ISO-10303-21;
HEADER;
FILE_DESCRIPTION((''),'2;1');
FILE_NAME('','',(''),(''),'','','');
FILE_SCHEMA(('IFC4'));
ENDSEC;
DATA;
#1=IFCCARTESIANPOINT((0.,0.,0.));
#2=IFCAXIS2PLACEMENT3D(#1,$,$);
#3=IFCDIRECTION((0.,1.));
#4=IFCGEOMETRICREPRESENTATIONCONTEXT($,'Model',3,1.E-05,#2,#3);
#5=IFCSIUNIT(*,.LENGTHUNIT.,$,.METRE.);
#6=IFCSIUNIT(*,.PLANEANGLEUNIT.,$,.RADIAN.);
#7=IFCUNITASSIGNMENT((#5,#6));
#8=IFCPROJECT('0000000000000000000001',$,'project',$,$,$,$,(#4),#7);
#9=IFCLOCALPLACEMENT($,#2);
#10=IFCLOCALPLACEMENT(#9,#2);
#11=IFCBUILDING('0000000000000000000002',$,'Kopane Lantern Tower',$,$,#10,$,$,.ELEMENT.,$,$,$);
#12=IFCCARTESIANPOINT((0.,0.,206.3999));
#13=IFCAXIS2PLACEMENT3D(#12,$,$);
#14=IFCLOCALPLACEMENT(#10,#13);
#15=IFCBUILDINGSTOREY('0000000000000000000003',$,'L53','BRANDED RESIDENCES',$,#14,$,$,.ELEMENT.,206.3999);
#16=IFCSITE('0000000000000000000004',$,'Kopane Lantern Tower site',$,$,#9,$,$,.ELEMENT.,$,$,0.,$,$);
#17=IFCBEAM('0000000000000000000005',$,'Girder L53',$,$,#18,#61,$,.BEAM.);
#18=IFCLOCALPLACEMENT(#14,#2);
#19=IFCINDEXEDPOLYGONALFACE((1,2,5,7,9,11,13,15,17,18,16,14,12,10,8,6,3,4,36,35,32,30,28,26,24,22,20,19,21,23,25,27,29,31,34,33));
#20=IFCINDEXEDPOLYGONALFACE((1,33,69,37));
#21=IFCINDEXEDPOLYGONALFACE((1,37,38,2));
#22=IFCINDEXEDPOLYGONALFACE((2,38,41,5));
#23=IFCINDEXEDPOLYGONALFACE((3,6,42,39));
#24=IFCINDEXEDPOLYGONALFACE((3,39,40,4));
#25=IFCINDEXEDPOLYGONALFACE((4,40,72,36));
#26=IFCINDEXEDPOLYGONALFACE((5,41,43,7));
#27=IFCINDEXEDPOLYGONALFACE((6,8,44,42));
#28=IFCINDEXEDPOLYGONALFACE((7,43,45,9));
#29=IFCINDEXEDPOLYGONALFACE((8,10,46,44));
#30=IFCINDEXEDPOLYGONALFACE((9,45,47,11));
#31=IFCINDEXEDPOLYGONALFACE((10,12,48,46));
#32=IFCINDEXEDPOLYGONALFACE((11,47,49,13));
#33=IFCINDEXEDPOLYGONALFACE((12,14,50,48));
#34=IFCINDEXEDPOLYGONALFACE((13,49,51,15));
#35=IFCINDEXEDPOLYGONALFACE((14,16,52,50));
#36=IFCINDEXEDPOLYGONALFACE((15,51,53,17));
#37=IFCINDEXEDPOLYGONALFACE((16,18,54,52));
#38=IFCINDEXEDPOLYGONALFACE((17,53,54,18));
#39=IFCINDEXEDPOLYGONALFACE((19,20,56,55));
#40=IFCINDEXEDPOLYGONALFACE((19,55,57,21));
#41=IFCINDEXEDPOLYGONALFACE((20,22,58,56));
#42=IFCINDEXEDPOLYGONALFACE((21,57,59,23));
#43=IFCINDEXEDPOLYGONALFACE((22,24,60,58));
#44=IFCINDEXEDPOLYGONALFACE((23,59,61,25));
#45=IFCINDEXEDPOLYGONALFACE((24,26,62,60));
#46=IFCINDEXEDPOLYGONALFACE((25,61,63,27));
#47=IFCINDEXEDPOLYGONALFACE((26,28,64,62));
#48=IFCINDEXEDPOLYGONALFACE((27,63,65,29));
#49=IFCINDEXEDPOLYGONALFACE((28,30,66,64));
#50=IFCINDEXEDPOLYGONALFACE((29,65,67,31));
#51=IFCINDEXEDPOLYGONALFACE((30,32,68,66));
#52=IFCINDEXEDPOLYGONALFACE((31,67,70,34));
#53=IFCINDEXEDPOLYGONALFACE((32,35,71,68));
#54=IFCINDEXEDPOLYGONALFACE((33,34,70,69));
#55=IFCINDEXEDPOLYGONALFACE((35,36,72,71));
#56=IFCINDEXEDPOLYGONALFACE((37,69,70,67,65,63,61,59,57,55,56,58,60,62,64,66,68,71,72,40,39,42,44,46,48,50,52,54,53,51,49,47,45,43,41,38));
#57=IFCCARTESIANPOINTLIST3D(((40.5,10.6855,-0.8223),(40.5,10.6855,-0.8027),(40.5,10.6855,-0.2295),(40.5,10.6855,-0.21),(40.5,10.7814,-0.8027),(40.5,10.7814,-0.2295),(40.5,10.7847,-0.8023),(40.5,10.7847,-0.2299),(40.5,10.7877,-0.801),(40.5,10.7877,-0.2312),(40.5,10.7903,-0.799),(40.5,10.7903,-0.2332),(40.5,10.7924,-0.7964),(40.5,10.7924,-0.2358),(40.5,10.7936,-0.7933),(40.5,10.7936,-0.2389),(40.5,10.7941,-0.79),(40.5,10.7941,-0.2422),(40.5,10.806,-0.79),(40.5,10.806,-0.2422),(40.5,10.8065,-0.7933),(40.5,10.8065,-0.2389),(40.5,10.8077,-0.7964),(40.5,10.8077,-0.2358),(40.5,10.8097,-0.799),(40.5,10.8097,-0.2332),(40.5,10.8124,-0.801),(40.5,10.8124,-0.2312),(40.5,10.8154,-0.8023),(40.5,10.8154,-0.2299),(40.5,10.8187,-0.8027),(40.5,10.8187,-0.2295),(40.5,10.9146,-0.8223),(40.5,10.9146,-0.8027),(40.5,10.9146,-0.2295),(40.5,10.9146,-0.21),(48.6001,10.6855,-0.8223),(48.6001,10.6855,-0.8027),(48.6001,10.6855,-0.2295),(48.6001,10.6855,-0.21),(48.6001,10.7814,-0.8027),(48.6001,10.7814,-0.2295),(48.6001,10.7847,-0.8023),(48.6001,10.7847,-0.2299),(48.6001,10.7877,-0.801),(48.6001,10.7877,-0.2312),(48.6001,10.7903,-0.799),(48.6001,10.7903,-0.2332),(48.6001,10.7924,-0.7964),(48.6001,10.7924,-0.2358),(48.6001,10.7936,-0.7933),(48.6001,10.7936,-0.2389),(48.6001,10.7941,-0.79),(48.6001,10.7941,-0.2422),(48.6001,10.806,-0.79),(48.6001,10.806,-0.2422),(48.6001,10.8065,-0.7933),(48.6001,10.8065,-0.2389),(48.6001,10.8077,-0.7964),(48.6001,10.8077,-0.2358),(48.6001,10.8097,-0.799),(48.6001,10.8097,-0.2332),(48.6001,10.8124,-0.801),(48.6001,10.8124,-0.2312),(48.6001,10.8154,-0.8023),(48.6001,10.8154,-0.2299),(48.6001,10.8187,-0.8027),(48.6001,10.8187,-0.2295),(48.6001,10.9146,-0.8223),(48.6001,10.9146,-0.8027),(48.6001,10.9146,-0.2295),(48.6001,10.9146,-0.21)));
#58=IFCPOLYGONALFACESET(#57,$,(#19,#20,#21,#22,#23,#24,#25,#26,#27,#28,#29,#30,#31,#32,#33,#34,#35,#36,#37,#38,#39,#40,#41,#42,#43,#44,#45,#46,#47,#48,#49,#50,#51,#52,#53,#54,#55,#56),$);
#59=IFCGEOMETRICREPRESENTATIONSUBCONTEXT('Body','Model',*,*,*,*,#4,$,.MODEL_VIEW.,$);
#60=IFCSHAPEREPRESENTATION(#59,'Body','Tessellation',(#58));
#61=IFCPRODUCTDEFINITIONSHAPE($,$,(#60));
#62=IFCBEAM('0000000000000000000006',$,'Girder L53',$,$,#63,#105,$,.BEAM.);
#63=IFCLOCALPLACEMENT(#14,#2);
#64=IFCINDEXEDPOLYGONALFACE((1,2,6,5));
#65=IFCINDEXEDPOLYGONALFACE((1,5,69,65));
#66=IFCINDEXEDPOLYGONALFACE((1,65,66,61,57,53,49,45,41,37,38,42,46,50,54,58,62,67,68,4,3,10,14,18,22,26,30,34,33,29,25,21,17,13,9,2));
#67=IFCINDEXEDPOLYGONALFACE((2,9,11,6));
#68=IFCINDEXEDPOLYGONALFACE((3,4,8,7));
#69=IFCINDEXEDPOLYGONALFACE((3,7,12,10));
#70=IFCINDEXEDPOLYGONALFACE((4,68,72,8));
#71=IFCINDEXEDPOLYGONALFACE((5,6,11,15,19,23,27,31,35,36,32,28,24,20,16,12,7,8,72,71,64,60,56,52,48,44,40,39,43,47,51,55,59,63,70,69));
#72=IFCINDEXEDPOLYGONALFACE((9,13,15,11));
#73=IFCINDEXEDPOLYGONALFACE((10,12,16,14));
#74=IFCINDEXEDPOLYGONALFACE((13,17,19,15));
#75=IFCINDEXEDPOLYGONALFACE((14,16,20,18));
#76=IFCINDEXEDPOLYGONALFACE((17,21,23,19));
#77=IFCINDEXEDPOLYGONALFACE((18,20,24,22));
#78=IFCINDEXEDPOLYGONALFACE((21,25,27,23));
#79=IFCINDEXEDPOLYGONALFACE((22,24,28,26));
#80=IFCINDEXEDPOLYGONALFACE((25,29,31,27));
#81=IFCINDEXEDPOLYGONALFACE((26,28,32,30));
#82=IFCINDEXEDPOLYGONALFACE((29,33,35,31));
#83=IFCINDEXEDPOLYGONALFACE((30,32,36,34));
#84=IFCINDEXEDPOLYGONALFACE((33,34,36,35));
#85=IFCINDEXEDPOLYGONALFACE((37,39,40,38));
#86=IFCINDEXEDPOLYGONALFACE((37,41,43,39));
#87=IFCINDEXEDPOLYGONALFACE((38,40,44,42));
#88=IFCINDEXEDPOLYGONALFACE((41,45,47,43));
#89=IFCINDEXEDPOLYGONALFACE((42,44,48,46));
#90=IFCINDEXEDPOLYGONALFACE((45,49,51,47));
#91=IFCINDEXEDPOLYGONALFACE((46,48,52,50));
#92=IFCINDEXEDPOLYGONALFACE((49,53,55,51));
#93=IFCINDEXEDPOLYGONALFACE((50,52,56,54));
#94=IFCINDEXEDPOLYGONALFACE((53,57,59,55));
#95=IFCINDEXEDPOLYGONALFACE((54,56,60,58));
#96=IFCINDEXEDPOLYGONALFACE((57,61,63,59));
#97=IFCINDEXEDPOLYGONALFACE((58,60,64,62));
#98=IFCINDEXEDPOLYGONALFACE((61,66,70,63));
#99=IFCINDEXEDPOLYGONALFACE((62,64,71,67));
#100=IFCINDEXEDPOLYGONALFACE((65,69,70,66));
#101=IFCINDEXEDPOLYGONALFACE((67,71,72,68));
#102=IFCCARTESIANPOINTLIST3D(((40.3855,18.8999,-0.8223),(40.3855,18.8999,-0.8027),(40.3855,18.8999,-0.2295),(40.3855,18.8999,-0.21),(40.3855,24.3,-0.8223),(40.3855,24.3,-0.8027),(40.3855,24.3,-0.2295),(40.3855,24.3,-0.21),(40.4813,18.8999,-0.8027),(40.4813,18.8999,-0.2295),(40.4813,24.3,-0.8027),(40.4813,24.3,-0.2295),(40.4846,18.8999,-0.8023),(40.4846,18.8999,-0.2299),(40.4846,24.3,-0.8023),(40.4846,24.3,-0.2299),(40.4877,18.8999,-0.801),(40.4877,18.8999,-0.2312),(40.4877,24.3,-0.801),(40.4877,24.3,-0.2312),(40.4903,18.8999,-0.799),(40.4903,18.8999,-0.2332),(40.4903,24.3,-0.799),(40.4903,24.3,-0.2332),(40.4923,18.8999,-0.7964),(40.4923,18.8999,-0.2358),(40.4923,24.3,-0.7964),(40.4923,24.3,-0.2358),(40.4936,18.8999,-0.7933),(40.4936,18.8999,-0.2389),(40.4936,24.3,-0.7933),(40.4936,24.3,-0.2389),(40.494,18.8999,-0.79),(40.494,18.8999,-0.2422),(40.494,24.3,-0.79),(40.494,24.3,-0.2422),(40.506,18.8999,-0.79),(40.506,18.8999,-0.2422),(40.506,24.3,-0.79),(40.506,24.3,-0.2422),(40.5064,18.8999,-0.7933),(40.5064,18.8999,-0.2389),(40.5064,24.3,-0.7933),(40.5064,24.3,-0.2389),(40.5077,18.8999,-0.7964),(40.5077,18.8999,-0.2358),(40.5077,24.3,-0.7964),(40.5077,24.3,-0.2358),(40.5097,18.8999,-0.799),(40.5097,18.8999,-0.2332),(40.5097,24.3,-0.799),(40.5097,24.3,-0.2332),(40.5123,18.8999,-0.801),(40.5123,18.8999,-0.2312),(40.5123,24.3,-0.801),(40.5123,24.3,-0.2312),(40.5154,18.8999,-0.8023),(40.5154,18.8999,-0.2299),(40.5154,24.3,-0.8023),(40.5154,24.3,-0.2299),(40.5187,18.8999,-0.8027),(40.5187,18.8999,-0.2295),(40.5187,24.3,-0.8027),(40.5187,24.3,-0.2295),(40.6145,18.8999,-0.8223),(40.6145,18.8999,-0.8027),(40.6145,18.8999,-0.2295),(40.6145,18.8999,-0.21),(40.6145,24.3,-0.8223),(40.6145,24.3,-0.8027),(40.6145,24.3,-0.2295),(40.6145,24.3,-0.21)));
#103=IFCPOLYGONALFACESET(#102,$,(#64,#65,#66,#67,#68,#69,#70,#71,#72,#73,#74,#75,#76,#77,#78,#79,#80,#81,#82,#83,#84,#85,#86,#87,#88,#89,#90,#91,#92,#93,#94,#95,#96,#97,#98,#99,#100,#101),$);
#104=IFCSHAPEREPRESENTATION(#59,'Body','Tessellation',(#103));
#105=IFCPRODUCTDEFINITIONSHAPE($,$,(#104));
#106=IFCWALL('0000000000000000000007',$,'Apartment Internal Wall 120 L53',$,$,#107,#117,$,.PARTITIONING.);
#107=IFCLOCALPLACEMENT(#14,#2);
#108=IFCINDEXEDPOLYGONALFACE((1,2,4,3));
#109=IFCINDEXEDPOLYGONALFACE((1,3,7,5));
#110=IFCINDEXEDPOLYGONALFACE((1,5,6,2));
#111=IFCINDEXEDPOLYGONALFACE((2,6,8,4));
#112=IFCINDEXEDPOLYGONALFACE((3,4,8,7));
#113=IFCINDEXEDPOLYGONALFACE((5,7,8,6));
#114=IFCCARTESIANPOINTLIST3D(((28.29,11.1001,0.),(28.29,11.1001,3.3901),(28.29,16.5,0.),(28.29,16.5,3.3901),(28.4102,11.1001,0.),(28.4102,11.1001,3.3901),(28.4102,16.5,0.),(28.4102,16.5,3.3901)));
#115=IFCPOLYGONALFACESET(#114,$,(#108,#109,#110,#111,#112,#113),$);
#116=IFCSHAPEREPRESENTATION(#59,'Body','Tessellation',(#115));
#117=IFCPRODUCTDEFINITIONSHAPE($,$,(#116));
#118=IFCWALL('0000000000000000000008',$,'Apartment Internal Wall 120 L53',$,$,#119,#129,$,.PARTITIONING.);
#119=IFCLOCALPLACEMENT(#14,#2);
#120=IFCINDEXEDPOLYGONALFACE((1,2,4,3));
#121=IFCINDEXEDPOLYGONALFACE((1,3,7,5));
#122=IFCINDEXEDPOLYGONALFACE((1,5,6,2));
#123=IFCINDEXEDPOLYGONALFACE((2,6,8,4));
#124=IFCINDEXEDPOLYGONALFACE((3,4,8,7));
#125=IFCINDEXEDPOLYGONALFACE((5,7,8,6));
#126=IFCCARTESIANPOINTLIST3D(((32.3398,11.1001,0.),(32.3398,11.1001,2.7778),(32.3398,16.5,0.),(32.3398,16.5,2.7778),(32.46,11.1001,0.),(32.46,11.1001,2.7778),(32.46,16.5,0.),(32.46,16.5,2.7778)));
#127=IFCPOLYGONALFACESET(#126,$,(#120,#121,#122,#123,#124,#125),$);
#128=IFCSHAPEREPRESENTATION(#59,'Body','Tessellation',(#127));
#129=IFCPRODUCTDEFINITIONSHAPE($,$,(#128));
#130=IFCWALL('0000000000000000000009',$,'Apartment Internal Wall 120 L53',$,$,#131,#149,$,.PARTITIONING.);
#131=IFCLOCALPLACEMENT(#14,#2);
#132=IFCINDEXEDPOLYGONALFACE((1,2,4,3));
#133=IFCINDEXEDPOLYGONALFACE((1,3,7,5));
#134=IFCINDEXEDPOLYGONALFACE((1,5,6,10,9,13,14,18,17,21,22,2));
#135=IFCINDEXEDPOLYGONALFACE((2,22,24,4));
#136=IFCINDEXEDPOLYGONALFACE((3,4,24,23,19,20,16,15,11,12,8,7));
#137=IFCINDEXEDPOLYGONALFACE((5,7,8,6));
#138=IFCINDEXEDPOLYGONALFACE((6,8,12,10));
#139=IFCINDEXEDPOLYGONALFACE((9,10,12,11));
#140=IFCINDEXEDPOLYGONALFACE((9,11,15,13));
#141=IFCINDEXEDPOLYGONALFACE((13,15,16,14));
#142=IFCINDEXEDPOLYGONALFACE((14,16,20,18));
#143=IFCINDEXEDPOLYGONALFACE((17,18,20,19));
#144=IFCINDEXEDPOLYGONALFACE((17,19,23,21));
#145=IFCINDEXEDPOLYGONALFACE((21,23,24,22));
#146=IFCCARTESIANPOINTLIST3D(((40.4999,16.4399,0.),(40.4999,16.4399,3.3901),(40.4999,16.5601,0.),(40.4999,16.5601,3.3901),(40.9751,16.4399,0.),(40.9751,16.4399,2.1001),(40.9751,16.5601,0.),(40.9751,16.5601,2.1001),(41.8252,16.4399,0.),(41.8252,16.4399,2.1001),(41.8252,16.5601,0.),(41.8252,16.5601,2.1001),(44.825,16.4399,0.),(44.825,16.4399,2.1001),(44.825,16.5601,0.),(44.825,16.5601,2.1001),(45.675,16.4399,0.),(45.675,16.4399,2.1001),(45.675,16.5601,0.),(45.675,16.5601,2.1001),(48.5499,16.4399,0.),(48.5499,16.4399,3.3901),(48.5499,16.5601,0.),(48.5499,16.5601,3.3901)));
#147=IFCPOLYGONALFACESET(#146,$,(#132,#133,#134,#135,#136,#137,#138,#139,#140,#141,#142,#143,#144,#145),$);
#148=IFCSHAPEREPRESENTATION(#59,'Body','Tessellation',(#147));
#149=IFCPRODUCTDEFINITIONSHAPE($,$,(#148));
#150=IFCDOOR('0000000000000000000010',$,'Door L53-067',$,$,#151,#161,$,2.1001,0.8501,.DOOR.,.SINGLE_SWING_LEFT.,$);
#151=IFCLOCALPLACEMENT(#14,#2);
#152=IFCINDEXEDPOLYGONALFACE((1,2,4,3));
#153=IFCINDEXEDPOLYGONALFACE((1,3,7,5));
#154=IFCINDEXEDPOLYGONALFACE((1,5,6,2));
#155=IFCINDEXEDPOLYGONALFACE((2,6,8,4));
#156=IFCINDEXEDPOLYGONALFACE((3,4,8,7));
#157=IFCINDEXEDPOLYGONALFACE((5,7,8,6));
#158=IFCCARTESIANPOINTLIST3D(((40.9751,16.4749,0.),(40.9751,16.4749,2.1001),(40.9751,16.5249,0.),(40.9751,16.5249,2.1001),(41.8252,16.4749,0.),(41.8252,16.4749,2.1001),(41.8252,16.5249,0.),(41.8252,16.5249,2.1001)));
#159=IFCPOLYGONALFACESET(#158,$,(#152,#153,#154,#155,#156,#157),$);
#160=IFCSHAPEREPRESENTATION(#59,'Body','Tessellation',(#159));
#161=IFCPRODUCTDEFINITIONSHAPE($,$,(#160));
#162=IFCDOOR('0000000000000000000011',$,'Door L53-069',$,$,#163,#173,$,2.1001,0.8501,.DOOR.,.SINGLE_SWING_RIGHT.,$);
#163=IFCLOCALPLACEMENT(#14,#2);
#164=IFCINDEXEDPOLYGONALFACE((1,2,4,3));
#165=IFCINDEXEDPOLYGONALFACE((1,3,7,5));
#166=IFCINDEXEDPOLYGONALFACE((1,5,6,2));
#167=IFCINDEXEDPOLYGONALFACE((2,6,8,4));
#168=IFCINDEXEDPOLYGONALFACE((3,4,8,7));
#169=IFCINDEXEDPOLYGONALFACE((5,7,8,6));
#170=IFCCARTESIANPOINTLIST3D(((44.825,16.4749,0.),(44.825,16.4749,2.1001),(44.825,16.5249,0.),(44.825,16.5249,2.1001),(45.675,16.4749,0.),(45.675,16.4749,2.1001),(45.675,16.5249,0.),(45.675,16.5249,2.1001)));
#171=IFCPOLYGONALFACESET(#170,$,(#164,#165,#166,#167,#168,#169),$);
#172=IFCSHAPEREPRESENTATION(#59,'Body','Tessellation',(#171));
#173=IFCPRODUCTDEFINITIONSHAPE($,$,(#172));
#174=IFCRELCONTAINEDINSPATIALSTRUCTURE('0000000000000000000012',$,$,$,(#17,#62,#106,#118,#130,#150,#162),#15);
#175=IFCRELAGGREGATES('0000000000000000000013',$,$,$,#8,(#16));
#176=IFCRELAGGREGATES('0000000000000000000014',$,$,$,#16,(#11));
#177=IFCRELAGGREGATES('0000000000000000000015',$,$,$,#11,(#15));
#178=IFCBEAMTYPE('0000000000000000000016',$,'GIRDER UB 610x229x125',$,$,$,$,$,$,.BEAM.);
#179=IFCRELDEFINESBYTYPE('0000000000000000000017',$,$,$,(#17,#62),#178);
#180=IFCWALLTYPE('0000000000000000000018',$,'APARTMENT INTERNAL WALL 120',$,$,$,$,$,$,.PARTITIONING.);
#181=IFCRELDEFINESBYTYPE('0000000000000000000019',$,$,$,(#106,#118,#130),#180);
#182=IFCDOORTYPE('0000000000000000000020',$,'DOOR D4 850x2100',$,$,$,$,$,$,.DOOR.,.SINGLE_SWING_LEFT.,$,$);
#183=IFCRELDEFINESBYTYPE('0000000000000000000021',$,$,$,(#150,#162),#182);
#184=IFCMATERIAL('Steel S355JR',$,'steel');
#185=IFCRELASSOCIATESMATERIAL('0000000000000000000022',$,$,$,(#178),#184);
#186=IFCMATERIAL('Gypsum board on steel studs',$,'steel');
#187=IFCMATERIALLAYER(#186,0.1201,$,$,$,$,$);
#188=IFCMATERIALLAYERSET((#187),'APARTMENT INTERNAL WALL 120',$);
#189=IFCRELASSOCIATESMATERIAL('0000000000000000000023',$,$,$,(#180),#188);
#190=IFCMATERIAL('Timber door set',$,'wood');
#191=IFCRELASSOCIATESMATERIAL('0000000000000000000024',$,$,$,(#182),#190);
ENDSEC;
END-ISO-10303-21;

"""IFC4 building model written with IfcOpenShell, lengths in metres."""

from ifc_helpers import new_model, si_unit, direction, frame, frame_2d, origin, origin_2d, place, context, subcontext, project, spatial, rectangle, i_section, extrude, material, layer, layer_set, material_profile, profile_set, type_object, element, fill, save


model = new_model("IFC4")

# Units and contexts
model_context = context("Model", 3, precision=1e-05, world=origin(), true_north=direction((0.0, 1.0)))
body_context = subcontext(model_context, "Body", "Model", "MODEL_VIEW")
ifc_project = project(units=[si_unit("LENGTHUNIT", "METRE"), si_unit("PLANEANGLEUNIT", "RADIAN")], contexts=[model_context])

# Site, building, storey
site_placement = place(None, origin())
site = spatial("IfcSite", under=ifc_project, at=site_placement, Name="Kopane Lantern Tower site", CompositionType="ELEMENT", RefElevation=0.0)
building_placement = place(site_placement, origin())
building = spatial("IfcBuilding", under=site, at=building_placement, Name="Kopane Lantern Tower", CompositionType="ELEMENT")
storey_placement = place(building_placement, frame((0.0, 0.0, 206.3999)))
storey = spatial("IfcBuildingStorey", under=building, at=storey_placement, Name="L53", Description="BRANDED RESIDENCES", CompositionType="ELEMENT", Elevation=206.3999)

# Beams
ifc_material_1 = material(Name="Steel S355JR", Category="steel")
ifc_material_profile_1 = material_profile(ifc_material_1, i_section(OverallWidth=0.229, OverallDepth=0.6123, WebThickness=0.012, FlangeThickness=0.0195, FilletRadius=0.0127, at=origin_2d()), Name="UB 610x229x125")
ifc_profile_set_1 = profile_set([ifc_material_profile_1], Name="Steel S355JR")
beam_type = type_object("IfcBeamType", Name="GIRDER UB 610x229x125", PredefinedType="BEAM", material=ifc_profile_set_1)
beam_1_placement = place(storey_placement, frame((40.5, 10.8, -0.5161), z_axis=(1.0, 0.0, 0.0), x_axis=(0.0, 1.0, 0.0)))
element("IfcBeam", 1, at=beam_1_placement, inside=storey, type_object=beam_type, Name="Girder L53", PredefinedType="BEAM", context=body_context, shape_type="SweptSolid", body=[
    extrude(i_section(OverallWidth=0.229, OverallDepth=0.6123, WebThickness=0.012, FlangeThickness=0.0195, FilletRadius=0.0127, at=origin_2d()), origin(), (0.0, 0.0, 1.0), 8.1001),
])
beam_2_placement = place(storey_placement, frame((40.5, 18.8999, -0.5161), z_axis=(0.0, 1.0, 0.0), x_axis=(-1.0, 0.0, 0.0)))
element("IfcBeam", 2, at=beam_2_placement, inside=storey, type_object=beam_type, Name="Girder L53", PredefinedType="BEAM", context=body_context, shape_type="SweptSolid", body=[
    extrude(i_section(OverallWidth=0.229, OverallDepth=0.6123, WebThickness=0.012, FlangeThickness=0.0195, FilletRadius=0.0127, at=origin_2d()), origin(), (0.0, 0.0, 1.0), 5.4001),
])

# Walls
ifc_material_2 = material(Name="Gypsum board on steel studs", Category="steel")
ifc_layer_1 = layer(ifc_material_2, 0.1201)
ifc_layer_set_1 = layer_set([ifc_layer_1], Name="APARTMENT INTERNAL WALL 120")
wall_type_1 = type_object("IfcWallType", Name="APARTMENT INTERNAL WALL 120", PredefinedType="PARTITIONING", material=ifc_layer_set_1)
wall_1_placement = place(storey_placement, frame((28.3501, 16.5, 0.0), z_axis=(0.0, 0.0, 1.0), x_axis=(0.0, -1.0, 0.0)))
element("IfcWall", 3, at=wall_1_placement, inside=storey, type_object=wall_type_1, Name="Apartment Internal Wall 120 L53", PredefinedType="PARTITIONING", context=body_context, shape_type="SweptSolid", body=[
    extrude(rectangle(XDim=5.3999, YDim=0.1201, at=frame_2d((2.7, 0.0))), origin(), (0.0, 0.0, 1.0), 3.3901),
])
wall_2_placement = place(storey_placement, frame((32.3999, 16.5, 0.0), z_axis=(0.0, 0.0, 1.0), x_axis=(0.0, -1.0, 0.0)))
element("IfcWall", 4, at=wall_2_placement, inside=storey, type_object=wall_type_1, Name="Apartment Internal Wall 120 L53", PredefinedType="PARTITIONING", context=body_context, shape_type="SweptSolid", body=[
    extrude(rectangle(XDim=5.3999, YDim=0.1201, at=frame_2d((2.7, 0.0))), origin(), (0.0, 0.0, 1.0), 2.7778),
])

# Wall, openings, doors
wall_3_placement = place(storey_placement, frame((40.5, 16.5, 0.0), z_axis=(0.0, 0.0, 1.0), x_axis=(1.0, 0.0, 0.0)))
wall_3 = element("IfcWall", 5, at=wall_3_placement, inside=storey, type_object=wall_type_1, Name="Apartment Internal Wall 120 L53", PredefinedType="PARTITIONING", context=body_context, shape_type="SweptSolid", body=[
    extrude(rectangle(XDim=8.05, YDim=0.1201, at=frame_2d((4.0249, 0.0))), origin(), (0.0, 0.0, 1.0), 3.3901),
])
opening_1_placement = place(wall_3_placement, frame((0.4751, 0.0, 0.0)))
opening_1 = element("IfcOpeningElement", 6, at=opening_1_placement, cuts=wall_3, PredefinedType="OPENING", context=body_context, shape_type="SweptSolid", body=[
    extrude(rectangle(XDim=0.8501, YDim=2.1001, at=frame_2d((0.425, 1.05))), frame((0.0, 0.0701, 0.0), z_axis=(0.0, -1.0, 0.0), x_axis=(1.0, 0.0, 0.0)), (0.0, 0.0, 1.0), 0.1401),
])
opening_2_placement = place(wall_3_placement, frame((4.325, 0.0, 0.0)))
opening_2 = element("IfcOpeningElement", 7, at=opening_2_placement, cuts=wall_3, PredefinedType="OPENING", context=body_context, shape_type="SweptSolid", body=[
    extrude(rectangle(XDim=0.8501, YDim=2.1001, at=frame_2d((0.425, 1.05))), frame((0.0, 0.0701, 0.0), z_axis=(0.0, -1.0, 0.0), x_axis=(1.0, 0.0, 0.0)), (0.0, 0.0, 1.0), 0.1401),
])
ifc_material_3 = material(Name="Timber door set", Category="wood")
door_type_1 = type_object("IfcDoorType", Name="DOOR D4 850x2100", OperationType="SINGLE_SWING_LEFT", PredefinedType="DOOR", material=ifc_material_3)
door_1_placement = place(opening_1_placement, origin())
door_1 = element("IfcDoor", 8, at=door_1_placement, inside=storey, type_object=door_type_1, Name="Door L53-067", OperationType="SINGLE_SWING_LEFT", OverallHeight=2.1001, OverallWidth=0.8501, PredefinedType="DOOR", context=body_context, shape_type="SweptSolid", body=[
    extrude(rectangle(XDim=0.8501, YDim=2.1001, at=frame_2d((0.425, 1.05))), frame((0.0, 0.0249, 0.0), z_axis=(0.0, -1.0, 0.0), x_axis=(1.0, 0.0, 0.0)), (0.0, 0.0, 1.0), 0.05),
])
fill(opening_1, door_1)
door_2_placement = place(opening_2_placement, origin())
door_2 = element("IfcDoor", 9, at=door_2_placement, inside=storey, type_object=door_type_1, Name="Door L53-069", OperationType="SINGLE_SWING_RIGHT", OverallHeight=2.1001, OverallWidth=0.8501, PredefinedType="DOOR", context=body_context, shape_type="SweptSolid", body=[
    extrude(rectangle(XDim=0.8501, YDim=2.1001, at=frame_2d((0.425, 1.05))), frame((0.0, 0.0249, 0.0), z_axis=(0.0, -1.0, 0.0), x_axis=(1.0, 0.0, 0.0)), (0.0, 0.0, 1.0), 0.05),
])
fill(opening_2, door_2)

save(model, "model.ifc")
